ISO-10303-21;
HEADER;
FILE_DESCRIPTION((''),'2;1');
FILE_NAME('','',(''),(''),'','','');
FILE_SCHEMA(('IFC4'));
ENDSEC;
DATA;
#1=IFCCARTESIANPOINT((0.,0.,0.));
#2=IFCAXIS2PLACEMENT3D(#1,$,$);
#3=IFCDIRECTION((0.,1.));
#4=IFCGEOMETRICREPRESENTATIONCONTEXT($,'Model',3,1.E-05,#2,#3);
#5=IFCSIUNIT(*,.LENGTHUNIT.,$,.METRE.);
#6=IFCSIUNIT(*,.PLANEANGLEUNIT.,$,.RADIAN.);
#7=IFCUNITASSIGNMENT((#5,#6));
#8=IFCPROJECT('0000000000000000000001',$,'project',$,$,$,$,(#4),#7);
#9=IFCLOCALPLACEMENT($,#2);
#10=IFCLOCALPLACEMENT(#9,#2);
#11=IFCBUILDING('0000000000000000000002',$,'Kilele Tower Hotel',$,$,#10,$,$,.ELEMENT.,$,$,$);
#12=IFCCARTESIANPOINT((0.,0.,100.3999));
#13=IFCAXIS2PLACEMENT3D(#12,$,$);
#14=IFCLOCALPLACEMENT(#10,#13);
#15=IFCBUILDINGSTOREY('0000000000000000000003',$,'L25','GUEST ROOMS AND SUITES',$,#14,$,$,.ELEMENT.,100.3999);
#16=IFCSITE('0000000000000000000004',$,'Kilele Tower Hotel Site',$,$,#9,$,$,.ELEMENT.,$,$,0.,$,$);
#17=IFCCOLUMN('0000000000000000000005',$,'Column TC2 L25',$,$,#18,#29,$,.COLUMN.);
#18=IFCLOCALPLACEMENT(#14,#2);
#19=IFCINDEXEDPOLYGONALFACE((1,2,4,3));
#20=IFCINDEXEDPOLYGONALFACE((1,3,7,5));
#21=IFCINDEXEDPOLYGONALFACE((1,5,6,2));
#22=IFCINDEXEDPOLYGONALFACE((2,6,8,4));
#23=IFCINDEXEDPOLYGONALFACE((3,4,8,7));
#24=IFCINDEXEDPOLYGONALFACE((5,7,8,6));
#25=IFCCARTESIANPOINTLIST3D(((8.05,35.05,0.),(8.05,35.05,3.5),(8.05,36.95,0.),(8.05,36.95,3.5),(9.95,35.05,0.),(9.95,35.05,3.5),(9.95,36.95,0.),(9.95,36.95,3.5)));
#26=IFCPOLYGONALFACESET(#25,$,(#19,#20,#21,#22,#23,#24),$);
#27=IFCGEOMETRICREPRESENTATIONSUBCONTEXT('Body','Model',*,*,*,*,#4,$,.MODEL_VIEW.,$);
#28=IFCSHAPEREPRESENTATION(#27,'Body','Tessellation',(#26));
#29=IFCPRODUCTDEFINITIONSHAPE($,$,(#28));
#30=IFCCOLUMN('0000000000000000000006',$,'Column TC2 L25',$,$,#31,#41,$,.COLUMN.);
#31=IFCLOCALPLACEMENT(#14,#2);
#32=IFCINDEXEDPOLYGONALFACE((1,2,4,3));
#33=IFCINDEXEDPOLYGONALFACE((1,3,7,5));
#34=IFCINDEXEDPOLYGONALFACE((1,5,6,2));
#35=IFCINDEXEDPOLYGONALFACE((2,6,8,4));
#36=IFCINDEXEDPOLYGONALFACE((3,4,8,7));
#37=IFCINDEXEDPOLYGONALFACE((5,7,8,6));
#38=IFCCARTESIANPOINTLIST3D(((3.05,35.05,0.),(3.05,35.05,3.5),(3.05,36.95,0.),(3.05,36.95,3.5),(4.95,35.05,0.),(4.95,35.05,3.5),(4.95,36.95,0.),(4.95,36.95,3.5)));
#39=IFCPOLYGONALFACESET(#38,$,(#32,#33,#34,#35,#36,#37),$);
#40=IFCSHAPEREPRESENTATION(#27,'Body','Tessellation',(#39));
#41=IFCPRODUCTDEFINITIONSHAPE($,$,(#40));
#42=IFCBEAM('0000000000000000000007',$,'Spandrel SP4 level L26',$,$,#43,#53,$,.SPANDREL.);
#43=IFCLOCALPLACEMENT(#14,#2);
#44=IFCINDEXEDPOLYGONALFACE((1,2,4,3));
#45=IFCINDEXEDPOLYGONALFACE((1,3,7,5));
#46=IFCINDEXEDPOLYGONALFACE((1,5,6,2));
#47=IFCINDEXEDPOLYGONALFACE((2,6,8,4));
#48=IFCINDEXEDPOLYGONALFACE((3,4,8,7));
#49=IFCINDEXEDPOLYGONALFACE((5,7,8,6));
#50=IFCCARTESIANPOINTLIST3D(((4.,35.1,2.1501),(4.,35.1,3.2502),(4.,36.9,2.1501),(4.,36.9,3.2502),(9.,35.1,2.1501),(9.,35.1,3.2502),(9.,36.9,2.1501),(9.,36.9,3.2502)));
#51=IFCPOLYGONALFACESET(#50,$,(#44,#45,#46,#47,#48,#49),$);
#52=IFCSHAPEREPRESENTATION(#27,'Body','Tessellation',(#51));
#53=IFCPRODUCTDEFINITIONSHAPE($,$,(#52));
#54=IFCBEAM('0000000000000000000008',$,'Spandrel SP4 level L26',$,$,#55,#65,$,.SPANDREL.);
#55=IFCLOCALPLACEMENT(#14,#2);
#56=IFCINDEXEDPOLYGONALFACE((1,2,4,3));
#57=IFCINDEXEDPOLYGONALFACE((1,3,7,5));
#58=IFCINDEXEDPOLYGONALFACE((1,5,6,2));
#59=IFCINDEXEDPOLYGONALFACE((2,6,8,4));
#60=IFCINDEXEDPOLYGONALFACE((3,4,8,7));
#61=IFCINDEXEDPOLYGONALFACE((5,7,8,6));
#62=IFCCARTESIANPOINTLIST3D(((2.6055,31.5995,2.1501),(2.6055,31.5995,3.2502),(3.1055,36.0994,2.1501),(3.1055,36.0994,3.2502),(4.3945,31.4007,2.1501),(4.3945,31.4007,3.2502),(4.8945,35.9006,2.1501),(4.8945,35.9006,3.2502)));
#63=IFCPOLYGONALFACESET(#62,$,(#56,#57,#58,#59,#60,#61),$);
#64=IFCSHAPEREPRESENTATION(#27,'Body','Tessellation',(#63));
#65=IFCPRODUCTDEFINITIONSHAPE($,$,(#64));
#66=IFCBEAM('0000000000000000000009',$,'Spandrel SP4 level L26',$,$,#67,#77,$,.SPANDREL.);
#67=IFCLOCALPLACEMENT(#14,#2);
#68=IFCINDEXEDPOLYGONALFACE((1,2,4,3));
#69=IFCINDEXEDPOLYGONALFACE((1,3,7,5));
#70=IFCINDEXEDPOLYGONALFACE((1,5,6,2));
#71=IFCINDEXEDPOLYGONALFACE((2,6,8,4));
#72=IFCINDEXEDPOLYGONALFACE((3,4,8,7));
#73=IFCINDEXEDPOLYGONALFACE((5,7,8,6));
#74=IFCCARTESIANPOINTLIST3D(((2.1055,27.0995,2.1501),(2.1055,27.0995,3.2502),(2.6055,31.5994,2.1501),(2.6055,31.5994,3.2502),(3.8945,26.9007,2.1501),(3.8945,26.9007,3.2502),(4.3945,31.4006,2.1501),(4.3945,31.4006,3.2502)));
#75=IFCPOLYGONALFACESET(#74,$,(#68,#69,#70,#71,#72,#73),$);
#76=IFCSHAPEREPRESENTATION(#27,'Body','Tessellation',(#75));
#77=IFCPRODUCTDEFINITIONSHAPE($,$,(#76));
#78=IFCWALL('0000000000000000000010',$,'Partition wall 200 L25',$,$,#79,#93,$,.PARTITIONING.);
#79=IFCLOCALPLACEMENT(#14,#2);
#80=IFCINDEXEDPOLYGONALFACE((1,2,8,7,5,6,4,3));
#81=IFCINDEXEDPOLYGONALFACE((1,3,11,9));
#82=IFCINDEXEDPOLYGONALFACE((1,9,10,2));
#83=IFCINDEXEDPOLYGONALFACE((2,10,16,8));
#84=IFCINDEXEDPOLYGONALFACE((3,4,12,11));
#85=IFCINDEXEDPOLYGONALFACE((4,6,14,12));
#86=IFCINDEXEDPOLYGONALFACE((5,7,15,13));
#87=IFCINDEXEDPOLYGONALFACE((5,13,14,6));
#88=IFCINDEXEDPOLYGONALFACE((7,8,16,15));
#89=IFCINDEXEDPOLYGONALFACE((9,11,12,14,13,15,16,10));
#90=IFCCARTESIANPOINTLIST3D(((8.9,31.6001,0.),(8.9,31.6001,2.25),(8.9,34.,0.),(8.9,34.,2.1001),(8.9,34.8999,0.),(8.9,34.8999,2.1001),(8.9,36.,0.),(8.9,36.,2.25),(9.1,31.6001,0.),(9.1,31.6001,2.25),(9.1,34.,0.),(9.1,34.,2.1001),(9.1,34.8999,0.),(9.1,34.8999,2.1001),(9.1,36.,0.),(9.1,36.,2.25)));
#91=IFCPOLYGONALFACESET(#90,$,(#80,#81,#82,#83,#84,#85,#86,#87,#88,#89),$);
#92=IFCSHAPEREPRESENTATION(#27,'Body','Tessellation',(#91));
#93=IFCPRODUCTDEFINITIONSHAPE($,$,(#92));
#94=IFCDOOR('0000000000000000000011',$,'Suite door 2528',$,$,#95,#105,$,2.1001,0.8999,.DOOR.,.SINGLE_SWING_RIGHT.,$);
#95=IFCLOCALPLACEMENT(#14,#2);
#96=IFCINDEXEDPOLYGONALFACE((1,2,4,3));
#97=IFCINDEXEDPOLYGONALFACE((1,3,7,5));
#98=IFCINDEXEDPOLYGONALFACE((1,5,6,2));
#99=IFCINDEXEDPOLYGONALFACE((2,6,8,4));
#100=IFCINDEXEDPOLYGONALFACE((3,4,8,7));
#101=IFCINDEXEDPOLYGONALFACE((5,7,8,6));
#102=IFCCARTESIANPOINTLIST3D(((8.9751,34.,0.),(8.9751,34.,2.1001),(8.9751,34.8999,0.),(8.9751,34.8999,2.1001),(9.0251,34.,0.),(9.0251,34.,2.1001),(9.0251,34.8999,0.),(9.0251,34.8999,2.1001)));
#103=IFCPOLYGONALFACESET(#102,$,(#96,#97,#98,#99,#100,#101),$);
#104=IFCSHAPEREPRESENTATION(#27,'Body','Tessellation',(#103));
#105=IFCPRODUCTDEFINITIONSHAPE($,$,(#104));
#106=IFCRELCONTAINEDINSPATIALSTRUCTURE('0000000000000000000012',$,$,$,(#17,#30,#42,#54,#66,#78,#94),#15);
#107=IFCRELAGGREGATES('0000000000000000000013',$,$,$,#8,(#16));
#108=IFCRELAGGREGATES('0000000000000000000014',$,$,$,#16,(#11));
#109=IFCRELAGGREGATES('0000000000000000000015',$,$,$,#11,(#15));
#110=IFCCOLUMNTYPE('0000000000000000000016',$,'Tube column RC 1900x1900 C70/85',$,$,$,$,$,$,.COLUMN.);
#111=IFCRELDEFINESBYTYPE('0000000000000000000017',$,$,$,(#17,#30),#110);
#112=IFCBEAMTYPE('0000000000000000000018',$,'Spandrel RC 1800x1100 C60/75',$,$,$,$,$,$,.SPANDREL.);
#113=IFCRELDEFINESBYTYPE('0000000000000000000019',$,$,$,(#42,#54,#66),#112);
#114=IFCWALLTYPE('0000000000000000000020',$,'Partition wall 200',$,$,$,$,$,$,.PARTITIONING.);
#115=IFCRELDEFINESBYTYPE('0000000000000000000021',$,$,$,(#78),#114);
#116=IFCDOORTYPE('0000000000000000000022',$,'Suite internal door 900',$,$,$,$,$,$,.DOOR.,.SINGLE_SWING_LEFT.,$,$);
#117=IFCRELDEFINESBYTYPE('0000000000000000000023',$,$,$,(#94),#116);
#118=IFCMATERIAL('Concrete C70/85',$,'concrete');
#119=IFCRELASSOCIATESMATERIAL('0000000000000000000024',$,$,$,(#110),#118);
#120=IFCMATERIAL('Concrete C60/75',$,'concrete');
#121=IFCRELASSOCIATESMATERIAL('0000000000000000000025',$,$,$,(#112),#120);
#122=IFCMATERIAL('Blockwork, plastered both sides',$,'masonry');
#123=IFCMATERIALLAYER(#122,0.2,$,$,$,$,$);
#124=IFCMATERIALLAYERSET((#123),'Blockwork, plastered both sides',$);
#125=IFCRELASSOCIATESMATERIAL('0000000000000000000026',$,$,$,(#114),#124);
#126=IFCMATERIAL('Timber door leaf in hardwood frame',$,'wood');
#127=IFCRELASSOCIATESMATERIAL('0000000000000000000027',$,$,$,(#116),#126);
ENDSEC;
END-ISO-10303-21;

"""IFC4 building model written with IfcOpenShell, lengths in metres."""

from ifc_helpers import new_model, si_unit, direction, frame, frame_2d, origin, origin_2d, place, context, subcontext, project, spatial, rectangle, extrude, material, layer, layer_set, material_profile, profile_set, type_object, element, fill, save


model = new_model("IFC4")

# Units and contexts
model_context = context("Model", 3, precision=1e-05, world=origin(), true_north=direction((0.0, 1.0)))
body_context = subcontext(model_context, "Body", "Model", "MODEL_VIEW")
ifc_project = project(units=[si_unit("LENGTHUNIT", "METRE"), si_unit("PLANEANGLEUNIT", "RADIAN")], contexts=[model_context])

# Site, building, storey
site_placement = place(None, origin())
site = spatial("IfcSite", under=ifc_project, at=site_placement, Name="Kilele Tower Hotel Site", CompositionType="ELEMENT", RefElevation=0.0)
building_placement = place(site_placement, origin())
building = spatial("IfcBuilding", under=site, at=building_placement, Name="Kilele Tower Hotel", CompositionType="ELEMENT")
storey_placement = place(building_placement, frame((0.0, 0.0, 100.3999)))
storey = spatial("IfcBuildingStorey", under=building, at=storey_placement, Name="L25", Description="GUEST ROOMS AND SUITES", CompositionType="ELEMENT", Elevation=100.3999)

# Columns
ifc_material_1 = material(Name="Concrete C70/85", Category="concrete")
ifc_material_profile_1 = material_profile(ifc_material_1, rectangle(XDim=1.8999, YDim=1.8999, at=origin_2d()))
ifc_profile_set_1 = profile_set([ifc_material_profile_1], Name="Concrete C70/85")
column_type = type_object("IfcColumnType", Name="Tube column RC 1900x1900 C70/85", PredefinedType="COLUMN", material=ifc_profile_set_1)
for number, where, z_axis, x_axis, name in (
    (1, (9.0, 36.0, 0.0), (0.0, 0.0, 1.0), (1.0, 0.0, 0.0), "Column TC2 L25"),
    (2, (4.0, 36.0, 0.0), (0.0, 0.0, 1.0), (1.0, 0.0, 0.0), "Column TC2 L25"),
):
    element("IfcColumn", number, at=place(storey_placement, frame(where, z_axis=z_axis, x_axis=x_axis)), inside=storey, type_object=column_type, Name=name, PredefinedType="COLUMN", context=body_context, shape_type="SweptSolid", body=[
        extrude(rectangle(XDim=1.8999, YDim=1.8999, at=origin_2d()), origin(), (0.0, 0.0, 1.0), 3.5),
    ])

# Beams
ifc_material_2 = material(Name="Concrete C60/75", Category="concrete")
ifc_material_profile_2 = material_profile(ifc_material_2, rectangle(XDim=1.8, YDim=1.1001, at=origin_2d()))
ifc_profile_set_2 = profile_set([ifc_material_profile_2], Name="Concrete C60/75")
beam_type = type_object("IfcBeamType", Name="Spandrel RC 1800x1100 C60/75", PredefinedType="SPANDREL", material=ifc_profile_set_2)
beam_placement = place(storey_placement, frame((9.0, 36.0, 2.7002), z_axis=(-1.0, 0.0, 0.0), x_axis=(0.0, -1.0, 0.0)))
element("IfcBeam", 3, at=beam_placement, inside=storey, type_object=beam_type, Name="Spandrel SP4 level L26", PredefinedType="SPANDREL", context=body_context, shape_type="SweptSolid", body=[
    extrude(rectangle(XDim=1.8, YDim=1.1001, at=origin_2d()), origin(), (0.0, 0.0, 1.0), 5.0),
])
for number, where, z_axis, x_axis, name in (
    (4, (4.0, 36.0, 2.7002), (-0.110432, -0.993884, 0.0), (0.993884, -0.110432, 0.0), "Spandrel SP4 level L26"),
    (5, (3.5, 31.5, 2.7002), (-0.110432, -0.993884, 0.0), (0.993884, -0.110432, 0.0), "Spandrel SP4 level L26"),
):
    element("IfcBeam", number, at=place(storey_placement, frame(where, z_axis=z_axis, x_axis=x_axis)), inside=storey, type_object=beam_type, Name=name, PredefinedType="SPANDREL", context=body_context, shape_type="SweptSolid", body=[
        extrude(rectangle(XDim=1.8, YDim=1.1001, at=origin_2d()), origin(), (0.0, 0.0, 1.0), 4.5276),
    ])

# Wall, opening, door
ifc_material_3 = material(Name="Blockwork, plastered both sides", Category="masonry")
ifc_layer_1 = layer(ifc_material_3, 0.2)
ifc_layer_set_1 = layer_set([ifc_layer_1], Name="Blockwork, plastered both sides")
wall_type_1 = type_object("IfcWallType", Name="Partition wall 200", PredefinedType="PARTITIONING", material=ifc_layer_set_1)
wall_1_placement = place(storey_placement, frame((9.0, 31.6001, 0.0), z_axis=(0.0, 0.0, 1.0), x_axis=(0.0, 1.0, 0.0)))
wall_1 = element("IfcWall", 6, at=wall_1_placement, inside=storey, type_object=wall_type_1, Name="Partition wall 200 L25", PredefinedType="PARTITIONING", context=body_context, shape_type="SweptSolid", body=[
    extrude(rectangle(XDim=4.3999, YDim=0.2, at=frame_2d((2.2, 0.0))), origin(), (0.0, 0.0, 1.0), 2.25),
])
opening_1_placement = place(wall_1_placement, frame((2.3999, 0.0, 0.0)))
opening_1 = element("IfcOpeningElement", 7, at=opening_1_placement, cuts=wall_1, PredefinedType="OPENING", context=body_context, shape_type="SweptSolid", body=[
    extrude(rectangle(XDim=0.8999, YDim=2.1001, at=frame_2d((0.45, 1.05))), frame((0.0, 0.1099, 0.0), z_axis=(0.0, -1.0, 0.0), x_axis=(1.0, 0.0, 0.0)), (0.0, 0.0, 1.0), 0.22),
])
ifc_material_4 = material(Name="Timber door leaf in hardwood frame", Category="wood")
door_type = type_object("IfcDoorType", Name="Suite internal door 900", OperationType="SINGLE_SWING_LEFT", PredefinedType="DOOR", material=ifc_material_4)
door_placement = place(opening_1_placement, origin())
door = element("IfcDoor", 8, at=door_placement, inside=storey, type_object=door_type, Name="Suite door 2528", OperationType="SINGLE_SWING_RIGHT", OverallHeight=2.1001, OverallWidth=0.8999, PredefinedType="DOOR", context=body_context, shape_type="SweptSolid", body=[
    extrude(rectangle(XDim=0.8999, YDim=2.1001, at=frame_2d((0.45, 1.05))), frame((0.0, 0.0249, 0.0), z_axis=(0.0, -1.0, 0.0), x_axis=(1.0, 0.0, 0.0)), (0.0, 0.0, 1.0), 0.05),
])
fill(opening_1, door)

save(model, "model.ifc")
